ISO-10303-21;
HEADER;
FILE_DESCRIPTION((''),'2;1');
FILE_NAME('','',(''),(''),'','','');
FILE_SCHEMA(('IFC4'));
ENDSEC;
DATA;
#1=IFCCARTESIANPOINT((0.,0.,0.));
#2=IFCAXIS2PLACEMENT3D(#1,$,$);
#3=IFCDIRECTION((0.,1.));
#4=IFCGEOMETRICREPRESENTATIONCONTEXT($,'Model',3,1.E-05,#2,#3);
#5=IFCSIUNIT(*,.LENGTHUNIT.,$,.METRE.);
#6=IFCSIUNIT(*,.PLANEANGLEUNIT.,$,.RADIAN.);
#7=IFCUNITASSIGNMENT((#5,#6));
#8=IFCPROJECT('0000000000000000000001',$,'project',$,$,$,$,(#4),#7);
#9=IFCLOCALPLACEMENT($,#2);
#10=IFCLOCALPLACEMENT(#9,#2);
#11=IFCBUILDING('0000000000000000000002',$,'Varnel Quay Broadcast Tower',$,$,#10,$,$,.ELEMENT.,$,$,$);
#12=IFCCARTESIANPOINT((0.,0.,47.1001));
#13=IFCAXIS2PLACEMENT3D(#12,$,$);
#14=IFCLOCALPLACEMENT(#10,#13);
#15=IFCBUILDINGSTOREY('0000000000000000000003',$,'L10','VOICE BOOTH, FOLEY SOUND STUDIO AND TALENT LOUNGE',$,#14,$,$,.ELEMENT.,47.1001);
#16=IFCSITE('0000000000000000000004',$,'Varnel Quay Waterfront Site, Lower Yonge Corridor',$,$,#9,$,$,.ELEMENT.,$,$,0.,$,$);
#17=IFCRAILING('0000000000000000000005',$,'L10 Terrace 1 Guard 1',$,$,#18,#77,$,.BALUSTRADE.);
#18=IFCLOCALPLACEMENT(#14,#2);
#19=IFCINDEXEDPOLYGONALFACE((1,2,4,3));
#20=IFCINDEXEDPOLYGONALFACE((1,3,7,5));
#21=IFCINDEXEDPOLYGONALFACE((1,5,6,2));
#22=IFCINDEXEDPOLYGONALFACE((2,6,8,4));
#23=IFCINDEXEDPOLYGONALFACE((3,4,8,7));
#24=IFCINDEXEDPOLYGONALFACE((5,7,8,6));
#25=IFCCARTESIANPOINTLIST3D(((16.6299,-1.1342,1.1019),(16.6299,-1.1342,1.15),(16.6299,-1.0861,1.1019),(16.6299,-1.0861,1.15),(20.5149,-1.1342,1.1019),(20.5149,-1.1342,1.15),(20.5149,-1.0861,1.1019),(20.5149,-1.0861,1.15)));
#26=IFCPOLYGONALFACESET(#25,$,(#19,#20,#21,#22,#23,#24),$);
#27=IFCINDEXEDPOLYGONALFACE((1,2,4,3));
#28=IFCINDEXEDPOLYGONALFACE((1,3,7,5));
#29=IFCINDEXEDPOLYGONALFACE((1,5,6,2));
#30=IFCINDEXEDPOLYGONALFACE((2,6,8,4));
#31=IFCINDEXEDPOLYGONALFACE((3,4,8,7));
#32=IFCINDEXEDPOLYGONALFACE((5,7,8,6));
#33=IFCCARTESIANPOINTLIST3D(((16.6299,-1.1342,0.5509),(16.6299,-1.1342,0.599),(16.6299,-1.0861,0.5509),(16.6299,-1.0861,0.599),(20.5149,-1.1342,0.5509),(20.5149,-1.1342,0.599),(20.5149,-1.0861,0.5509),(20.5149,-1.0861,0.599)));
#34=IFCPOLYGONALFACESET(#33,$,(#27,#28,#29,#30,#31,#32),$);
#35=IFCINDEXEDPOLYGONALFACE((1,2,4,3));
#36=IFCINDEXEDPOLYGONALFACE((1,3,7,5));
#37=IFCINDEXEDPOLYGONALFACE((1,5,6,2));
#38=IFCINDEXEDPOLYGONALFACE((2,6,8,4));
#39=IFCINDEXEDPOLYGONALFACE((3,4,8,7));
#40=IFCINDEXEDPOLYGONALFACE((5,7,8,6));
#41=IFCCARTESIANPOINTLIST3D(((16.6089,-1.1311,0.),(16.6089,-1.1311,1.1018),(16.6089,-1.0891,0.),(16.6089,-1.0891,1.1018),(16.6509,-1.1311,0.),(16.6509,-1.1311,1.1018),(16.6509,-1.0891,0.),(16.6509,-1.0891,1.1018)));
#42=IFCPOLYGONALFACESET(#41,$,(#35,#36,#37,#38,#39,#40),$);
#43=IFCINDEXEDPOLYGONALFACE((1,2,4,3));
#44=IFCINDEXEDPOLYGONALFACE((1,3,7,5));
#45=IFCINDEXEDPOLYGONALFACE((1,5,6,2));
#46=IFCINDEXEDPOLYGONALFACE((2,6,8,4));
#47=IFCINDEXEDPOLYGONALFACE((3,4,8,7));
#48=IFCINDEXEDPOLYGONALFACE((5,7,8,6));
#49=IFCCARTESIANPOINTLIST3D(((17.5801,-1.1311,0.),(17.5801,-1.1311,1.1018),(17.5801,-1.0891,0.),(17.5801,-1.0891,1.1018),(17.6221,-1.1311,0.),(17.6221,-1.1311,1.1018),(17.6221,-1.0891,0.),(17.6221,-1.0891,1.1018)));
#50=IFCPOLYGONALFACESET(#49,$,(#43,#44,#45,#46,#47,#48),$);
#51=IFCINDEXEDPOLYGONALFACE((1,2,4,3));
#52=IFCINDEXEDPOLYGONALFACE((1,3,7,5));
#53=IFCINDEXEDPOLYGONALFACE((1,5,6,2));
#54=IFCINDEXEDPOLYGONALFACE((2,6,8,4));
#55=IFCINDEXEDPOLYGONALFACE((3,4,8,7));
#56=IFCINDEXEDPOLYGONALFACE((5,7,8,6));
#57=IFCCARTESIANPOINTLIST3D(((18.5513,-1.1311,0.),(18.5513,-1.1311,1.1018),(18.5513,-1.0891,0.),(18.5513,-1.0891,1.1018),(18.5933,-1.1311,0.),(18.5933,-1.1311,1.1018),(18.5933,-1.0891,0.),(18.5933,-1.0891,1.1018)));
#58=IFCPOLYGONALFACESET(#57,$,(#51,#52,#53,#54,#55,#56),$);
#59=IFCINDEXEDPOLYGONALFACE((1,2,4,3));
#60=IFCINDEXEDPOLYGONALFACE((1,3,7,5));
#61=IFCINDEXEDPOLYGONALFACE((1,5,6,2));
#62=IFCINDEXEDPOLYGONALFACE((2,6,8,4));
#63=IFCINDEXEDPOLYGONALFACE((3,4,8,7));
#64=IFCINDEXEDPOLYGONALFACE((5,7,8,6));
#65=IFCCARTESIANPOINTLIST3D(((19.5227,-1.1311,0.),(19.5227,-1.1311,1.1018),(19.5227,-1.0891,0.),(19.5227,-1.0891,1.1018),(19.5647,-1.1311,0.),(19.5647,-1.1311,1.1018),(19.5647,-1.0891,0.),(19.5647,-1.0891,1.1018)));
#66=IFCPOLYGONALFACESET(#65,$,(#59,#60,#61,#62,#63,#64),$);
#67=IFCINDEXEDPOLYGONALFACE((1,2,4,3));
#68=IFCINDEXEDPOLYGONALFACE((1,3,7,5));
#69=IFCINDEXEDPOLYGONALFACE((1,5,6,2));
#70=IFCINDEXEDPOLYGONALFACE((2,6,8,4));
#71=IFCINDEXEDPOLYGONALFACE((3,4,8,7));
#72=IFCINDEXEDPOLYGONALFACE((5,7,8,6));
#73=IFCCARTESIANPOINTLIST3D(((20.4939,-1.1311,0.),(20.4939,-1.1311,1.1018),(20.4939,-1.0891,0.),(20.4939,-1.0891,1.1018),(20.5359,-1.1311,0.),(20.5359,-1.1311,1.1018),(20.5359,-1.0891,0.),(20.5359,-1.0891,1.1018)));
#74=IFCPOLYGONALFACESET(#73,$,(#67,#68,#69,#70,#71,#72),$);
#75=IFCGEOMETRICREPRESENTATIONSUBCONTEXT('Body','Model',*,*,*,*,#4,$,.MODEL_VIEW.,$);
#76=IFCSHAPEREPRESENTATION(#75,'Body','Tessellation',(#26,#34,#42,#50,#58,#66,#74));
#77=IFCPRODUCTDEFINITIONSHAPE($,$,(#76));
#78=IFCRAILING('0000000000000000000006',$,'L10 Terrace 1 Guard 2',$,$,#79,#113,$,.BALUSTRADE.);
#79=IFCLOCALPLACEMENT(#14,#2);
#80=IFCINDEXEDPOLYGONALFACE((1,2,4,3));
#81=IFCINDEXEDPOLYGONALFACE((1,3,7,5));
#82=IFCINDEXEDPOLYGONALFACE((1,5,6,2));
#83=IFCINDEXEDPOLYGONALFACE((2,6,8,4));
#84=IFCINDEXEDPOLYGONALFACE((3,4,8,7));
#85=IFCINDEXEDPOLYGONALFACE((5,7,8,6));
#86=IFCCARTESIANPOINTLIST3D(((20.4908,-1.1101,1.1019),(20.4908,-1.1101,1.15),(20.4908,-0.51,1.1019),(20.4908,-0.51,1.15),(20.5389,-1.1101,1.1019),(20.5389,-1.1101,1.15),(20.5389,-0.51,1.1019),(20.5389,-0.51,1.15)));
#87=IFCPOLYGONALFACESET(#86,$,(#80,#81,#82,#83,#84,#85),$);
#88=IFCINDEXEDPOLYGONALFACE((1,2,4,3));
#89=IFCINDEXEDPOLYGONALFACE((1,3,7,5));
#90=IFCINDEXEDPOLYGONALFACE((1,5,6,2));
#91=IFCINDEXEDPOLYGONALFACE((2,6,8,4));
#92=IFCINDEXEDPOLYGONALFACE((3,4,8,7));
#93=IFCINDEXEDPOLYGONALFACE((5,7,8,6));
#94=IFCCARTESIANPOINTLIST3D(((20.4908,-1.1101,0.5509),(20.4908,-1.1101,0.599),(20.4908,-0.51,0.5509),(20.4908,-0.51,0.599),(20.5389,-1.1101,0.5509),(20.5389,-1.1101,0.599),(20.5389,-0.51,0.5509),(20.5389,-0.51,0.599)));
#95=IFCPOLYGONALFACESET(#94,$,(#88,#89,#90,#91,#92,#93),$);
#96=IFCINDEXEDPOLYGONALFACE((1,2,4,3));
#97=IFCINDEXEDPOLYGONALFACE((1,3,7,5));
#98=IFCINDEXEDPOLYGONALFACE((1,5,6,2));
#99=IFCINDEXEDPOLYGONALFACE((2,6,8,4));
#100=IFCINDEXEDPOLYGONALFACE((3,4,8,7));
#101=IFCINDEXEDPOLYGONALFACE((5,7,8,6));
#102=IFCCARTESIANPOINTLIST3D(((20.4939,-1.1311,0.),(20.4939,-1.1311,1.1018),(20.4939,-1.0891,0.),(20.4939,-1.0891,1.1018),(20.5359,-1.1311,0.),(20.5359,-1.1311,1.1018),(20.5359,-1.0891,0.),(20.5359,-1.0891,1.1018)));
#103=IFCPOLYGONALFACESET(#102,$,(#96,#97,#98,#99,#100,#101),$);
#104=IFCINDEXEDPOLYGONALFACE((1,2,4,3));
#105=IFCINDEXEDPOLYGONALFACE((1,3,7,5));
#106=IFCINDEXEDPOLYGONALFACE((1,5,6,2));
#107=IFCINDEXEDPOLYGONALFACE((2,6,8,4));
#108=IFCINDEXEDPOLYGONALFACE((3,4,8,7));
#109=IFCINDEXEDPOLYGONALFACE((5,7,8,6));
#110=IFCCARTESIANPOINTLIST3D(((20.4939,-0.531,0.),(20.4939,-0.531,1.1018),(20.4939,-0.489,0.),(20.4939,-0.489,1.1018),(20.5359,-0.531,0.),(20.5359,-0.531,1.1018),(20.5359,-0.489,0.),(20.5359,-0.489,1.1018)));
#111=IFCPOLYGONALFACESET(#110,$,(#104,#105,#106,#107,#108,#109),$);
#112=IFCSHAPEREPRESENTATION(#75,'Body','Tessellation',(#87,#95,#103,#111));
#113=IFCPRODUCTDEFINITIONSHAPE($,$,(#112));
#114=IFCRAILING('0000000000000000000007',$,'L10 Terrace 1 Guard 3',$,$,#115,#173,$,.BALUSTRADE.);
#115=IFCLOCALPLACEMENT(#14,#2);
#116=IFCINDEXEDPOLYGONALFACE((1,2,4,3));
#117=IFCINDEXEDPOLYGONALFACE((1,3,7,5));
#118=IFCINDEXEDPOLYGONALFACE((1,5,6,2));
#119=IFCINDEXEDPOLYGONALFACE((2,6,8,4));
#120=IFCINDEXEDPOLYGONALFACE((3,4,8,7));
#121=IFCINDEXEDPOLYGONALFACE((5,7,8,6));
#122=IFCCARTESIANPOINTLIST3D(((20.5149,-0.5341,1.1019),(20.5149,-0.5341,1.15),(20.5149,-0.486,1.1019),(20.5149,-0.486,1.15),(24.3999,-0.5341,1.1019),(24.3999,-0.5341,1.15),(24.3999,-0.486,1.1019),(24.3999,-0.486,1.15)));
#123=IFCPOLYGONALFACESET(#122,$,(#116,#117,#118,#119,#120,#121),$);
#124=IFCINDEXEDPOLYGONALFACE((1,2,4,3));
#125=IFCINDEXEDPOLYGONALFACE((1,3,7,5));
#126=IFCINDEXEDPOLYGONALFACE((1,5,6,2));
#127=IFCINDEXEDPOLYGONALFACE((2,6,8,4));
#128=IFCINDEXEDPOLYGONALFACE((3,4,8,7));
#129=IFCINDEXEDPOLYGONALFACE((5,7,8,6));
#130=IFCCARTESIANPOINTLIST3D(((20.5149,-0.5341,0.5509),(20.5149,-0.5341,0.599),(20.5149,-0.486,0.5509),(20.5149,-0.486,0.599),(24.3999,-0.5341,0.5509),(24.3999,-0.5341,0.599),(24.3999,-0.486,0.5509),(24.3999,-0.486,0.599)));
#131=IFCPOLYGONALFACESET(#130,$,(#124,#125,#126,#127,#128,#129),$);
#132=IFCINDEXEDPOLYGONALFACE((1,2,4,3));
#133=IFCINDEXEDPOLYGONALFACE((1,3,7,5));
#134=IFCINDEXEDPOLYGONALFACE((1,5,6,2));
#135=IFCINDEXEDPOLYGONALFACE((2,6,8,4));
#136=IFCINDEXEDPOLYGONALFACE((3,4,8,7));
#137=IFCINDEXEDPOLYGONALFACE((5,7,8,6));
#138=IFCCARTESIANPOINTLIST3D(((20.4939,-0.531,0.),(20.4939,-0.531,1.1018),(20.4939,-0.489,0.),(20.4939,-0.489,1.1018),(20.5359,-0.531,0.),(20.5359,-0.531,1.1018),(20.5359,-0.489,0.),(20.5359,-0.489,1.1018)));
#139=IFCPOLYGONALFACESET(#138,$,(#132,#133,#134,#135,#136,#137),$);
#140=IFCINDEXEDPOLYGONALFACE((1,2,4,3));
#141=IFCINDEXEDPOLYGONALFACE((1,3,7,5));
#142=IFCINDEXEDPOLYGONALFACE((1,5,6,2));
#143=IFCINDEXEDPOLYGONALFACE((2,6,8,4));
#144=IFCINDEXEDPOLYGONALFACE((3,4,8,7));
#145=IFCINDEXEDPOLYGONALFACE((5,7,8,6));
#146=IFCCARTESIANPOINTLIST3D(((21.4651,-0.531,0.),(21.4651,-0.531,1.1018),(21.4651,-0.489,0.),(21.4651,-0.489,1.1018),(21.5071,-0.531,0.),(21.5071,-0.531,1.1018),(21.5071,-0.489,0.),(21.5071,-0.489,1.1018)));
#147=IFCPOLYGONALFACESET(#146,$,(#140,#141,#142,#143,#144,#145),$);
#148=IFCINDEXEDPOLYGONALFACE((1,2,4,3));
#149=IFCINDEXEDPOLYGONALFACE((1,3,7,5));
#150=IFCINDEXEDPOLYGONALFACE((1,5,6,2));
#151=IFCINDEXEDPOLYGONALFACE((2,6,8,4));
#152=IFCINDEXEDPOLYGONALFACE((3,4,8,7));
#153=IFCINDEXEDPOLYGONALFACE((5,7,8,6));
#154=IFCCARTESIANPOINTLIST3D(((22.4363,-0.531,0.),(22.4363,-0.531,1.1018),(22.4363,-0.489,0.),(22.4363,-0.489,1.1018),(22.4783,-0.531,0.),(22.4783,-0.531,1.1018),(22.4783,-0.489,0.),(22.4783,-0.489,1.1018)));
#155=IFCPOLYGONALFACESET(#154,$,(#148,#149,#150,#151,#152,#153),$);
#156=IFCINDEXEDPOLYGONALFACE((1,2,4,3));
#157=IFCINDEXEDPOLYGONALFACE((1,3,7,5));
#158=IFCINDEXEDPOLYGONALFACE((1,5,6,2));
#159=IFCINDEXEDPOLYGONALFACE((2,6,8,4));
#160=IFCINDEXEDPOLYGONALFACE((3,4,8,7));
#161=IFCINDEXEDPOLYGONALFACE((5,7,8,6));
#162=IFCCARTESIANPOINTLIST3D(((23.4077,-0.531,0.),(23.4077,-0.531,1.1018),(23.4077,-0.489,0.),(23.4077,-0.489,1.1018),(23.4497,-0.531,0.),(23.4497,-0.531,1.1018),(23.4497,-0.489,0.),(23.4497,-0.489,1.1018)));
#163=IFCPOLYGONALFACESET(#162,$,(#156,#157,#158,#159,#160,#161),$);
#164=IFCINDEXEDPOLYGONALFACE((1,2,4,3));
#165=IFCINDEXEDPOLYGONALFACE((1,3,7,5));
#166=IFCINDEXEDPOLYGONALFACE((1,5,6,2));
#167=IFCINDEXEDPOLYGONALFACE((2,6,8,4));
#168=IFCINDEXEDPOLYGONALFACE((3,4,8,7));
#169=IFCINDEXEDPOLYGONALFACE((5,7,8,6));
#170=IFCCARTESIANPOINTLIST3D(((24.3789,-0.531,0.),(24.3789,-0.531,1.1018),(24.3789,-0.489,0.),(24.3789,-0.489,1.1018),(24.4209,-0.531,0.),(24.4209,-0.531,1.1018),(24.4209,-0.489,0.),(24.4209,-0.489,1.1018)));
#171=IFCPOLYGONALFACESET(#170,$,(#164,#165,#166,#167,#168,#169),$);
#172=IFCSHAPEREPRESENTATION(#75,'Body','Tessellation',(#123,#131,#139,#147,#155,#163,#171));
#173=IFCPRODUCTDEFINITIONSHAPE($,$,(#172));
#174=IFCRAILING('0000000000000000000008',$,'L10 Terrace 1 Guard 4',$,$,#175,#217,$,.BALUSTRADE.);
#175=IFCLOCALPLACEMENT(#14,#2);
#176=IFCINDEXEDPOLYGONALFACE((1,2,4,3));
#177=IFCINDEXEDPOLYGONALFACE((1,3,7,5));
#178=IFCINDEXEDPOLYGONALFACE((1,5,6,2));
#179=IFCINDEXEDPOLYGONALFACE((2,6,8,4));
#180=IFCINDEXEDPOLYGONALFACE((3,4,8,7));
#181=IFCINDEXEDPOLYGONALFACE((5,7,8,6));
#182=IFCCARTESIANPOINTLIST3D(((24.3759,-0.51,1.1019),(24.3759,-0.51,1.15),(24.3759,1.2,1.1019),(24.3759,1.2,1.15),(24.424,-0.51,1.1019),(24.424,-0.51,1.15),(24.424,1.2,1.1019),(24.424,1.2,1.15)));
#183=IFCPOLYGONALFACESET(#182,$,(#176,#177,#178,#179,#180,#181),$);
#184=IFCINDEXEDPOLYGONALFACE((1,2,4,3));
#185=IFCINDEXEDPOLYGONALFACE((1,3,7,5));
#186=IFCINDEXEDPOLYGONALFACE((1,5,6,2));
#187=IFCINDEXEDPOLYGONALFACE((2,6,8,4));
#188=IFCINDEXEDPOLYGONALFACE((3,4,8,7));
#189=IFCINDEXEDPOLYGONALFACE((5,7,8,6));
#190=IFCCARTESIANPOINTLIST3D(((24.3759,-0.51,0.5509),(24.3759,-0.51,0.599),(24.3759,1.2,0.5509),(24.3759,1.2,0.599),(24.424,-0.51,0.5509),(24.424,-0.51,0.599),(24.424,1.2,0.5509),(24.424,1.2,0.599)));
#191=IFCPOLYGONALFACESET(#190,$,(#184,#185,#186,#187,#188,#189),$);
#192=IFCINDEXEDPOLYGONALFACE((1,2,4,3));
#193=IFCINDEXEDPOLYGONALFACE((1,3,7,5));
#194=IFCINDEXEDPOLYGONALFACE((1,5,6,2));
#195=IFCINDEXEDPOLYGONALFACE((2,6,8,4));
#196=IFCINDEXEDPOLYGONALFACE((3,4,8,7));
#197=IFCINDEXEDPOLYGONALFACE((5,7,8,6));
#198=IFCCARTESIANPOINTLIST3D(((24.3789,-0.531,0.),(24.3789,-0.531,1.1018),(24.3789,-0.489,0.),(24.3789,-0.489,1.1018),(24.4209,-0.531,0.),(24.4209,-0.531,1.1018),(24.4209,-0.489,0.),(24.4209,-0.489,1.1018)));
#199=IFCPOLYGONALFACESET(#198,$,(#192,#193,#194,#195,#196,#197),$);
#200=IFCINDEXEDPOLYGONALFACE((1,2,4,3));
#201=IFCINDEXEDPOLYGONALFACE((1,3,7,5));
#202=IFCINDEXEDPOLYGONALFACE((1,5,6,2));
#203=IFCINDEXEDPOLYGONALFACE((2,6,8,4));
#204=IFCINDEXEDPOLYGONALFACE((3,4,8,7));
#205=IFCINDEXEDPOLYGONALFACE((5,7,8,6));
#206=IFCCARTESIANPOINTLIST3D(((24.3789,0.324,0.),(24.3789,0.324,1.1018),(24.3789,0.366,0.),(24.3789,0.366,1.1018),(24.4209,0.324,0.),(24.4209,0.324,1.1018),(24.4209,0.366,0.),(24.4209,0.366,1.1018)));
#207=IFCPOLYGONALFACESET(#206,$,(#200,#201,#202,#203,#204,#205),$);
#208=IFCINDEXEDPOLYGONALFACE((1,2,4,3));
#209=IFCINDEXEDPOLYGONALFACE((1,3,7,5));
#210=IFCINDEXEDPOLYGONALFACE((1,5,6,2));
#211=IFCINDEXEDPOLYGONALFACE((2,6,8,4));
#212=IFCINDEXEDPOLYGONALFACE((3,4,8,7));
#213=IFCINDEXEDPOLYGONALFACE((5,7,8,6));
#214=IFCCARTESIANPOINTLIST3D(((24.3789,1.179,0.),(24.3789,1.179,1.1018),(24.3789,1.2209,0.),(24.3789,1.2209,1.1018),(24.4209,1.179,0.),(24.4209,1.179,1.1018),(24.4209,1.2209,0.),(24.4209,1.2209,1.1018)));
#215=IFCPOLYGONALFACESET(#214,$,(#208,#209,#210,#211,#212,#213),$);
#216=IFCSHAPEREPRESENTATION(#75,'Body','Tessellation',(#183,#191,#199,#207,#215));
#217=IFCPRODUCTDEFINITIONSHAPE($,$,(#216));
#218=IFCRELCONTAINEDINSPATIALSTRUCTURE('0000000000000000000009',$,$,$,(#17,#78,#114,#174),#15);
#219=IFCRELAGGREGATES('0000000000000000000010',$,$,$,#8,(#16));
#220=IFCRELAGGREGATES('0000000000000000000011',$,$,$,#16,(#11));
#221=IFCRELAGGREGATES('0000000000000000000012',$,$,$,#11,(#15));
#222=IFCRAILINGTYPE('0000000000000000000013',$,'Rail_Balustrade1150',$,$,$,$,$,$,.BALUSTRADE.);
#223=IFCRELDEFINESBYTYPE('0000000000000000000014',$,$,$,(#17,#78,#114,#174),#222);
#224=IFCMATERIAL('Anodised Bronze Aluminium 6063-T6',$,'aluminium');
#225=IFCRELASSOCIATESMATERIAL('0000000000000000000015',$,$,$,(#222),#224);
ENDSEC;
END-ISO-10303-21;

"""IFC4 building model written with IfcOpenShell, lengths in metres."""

from ifc_helpers import new_model, si_unit, direction, frame, origin, origin_2d, place, context, subcontext, project, spatial, rectangle, extrude, material, type_object, element, save


model = new_model("IFC4")

# Units and contexts
model_context = context("Model", 3, precision=1e-05, world=origin(), true_north=direction((0.0, 1.0)))
body_context = subcontext(model_context, "Body", "Model", "MODEL_VIEW")
ifc_project = project(units=[si_unit("LENGTHUNIT", "METRE"), si_unit("PLANEANGLEUNIT", "RADIAN")], contexts=[model_context])

# Site, building, storey
site_placement = place(None, origin())
site = spatial("IfcSite", under=ifc_project, at=site_placement, Name="Varnel Quay Waterfront Site, Lower Yonge Corridor", CompositionType="ELEMENT", RefElevation=0.0)
building_placement = place(site_placement, origin())
building = spatial("IfcBuilding", under=site, at=building_placement, Name="Varnel Quay Broadcast Tower", CompositionType="ELEMENT")
storey_placement = place(building_placement, frame((0.0, 0.0, 47.1001)))
storey = spatial("IfcBuildingStorey", under=building, at=storey_placement, Name="L10", Description="VOICE BOOTH, FOLEY SOUND STUDIO AND TALENT LOUNGE", CompositionType="ELEMENT", Elevation=47.1001)

# Shared definitions
ifc_material_1 = material(Name="Anodised Bronze Aluminium 6063-T6", Category="aluminium")

# Railings
railing_type = type_object("IfcRailingType", Name="Rail_Balustrade1150", PredefinedType="BALUSTRADE", material=ifc_material_1)
railing_1_placement = place(storey_placement, frame((16.6299, -1.1101, 0.0)))
element("IfcRailing", 1, at=railing_1_placement, inside=storey, type_object=railing_type, Name="L10 Terrace 1 Guard 1", PredefinedType="BALUSTRADE", context=body_context, shape_type="SweptSolid", body=[
    extrude(rectangle(XDim=0.0481, YDim=0.0481, at=origin_2d()), frame((0.0, 0.0, 1.126), z_axis=(1.0, 0.0, 0.0), x_axis=(0.0, 1.0, 0.0)), (0.0, 0.0, 1.0), 3.885),
    extrude(rectangle(XDim=0.0481, YDim=0.0481, at=origin_2d()), frame((0.0, 0.0, 0.575), z_axis=(1.0, 0.0, 0.0), x_axis=(0.0, 1.0, 0.0)), (0.0, 0.0, 1.0), 3.885),
    extrude(rectangle(XDim=0.042, YDim=0.042, at=origin_2d()), origin(), (0.0, 0.0, 1.0), 1.1018),
    extrude(rectangle(XDim=0.042, YDim=0.042, at=origin_2d()), frame((0.9712, 0.0, 0.0)), (0.0, 0.0, 1.0), 1.1018),
    extrude(rectangle(XDim=0.042, YDim=0.042, at=origin_2d()), frame((1.9424, 0.0, 0.0)), (0.0, 0.0, 1.0), 1.1018),
    extrude(rectangle(XDim=0.042, YDim=0.042, at=origin_2d()), frame((2.9138, 0.0, 0.0)), (0.0, 0.0, 1.0), 1.1018),
    extrude(rectangle(XDim=0.042, YDim=0.042, at=origin_2d()), frame((3.885, 0.0, 0.0)), (0.0, 0.0, 1.0), 1.1018),
])
railing_2_placement = place(storey_placement, frame((20.5149, -1.1101, 0.0)))
element("IfcRailing", 2, at=railing_2_placement, inside=storey, type_object=railing_type, Name="L10 Terrace 1 Guard 2", PredefinedType="BALUSTRADE", context=body_context, shape_type="SweptSolid", body=[
    extrude(rectangle(XDim=0.0481, YDim=0.0481, at=origin_2d()), frame((0.0, 0.0, 1.126), z_axis=(0.0, 1.0, 0.0), x_axis=(-1.0, 0.0, 0.0)), (0.0, 0.0, 1.0), 0.6001),
    extrude(rectangle(XDim=0.0481, YDim=0.0481, at=origin_2d()), frame((0.0, 0.0, 0.575), z_axis=(0.0, 1.0, 0.0), x_axis=(-1.0, 0.0, 0.0)), (0.0, 0.0, 1.0), 0.6001),
    extrude(rectangle(XDim=0.042, YDim=0.042, at=origin_2d()), origin(), (0.0, 0.0, 1.0), 1.1018),
    extrude(rectangle(XDim=0.042, YDim=0.042, at=origin_2d()), frame((0.0, 0.6001, 0.0)), (0.0, 0.0, 1.0), 1.1018),
])
railing_3_placement = place(storey_placement, frame((20.5149, -0.51, 0.0)))
element("IfcRailing", 3, at=railing_3_placement, inside=storey, type_object=railing_type, Name="L10 Terrace 1 Guard 3", PredefinedType="BALUSTRADE", context=body_context, shape_type="SweptSolid", body=[
    extrude(rectangle(XDim=0.0481, YDim=0.0481, at=origin_2d()), frame((0.0, 0.0, 1.126), z_axis=(1.0, 0.0, 0.0), x_axis=(0.0, 1.0, 0.0)), (0.0, 0.0, 1.0), 3.885),
    extrude(rectangle(XDim=0.0481, YDim=0.0481, at=origin_2d()), frame((0.0, 0.0, 0.575), z_axis=(1.0, 0.0, 0.0), x_axis=(0.0, 1.0, 0.0)), (0.0, 0.0, 1.0), 3.885),
    extrude(rectangle(XDim=0.042, YDim=0.042, at=origin_2d()), origin(), (0.0, 0.0, 1.0), 1.1018),
    extrude(rectangle(XDim=0.042, YDim=0.042, at=origin_2d()), frame((0.9712, 0.0, 0.0)), (0.0, 0.0, 1.0), 1.1018),
    extrude(rectangle(XDim=0.042, YDim=0.042, at=origin_2d()), frame((1.9424, 0.0, 0.0)), (0.0, 0.0, 1.0), 1.1018),
    extrude(rectangle(XDim=0.042, YDim=0.042, at=origin_2d()), frame((2.9138, 0.0, 0.0)), (0.0, 0.0, 1.0), 1.1018),
    extrude(rectangle(XDim=0.042, YDim=0.042, at=origin_2d()), frame((3.885, 0.0, 0.0)), (0.0, 0.0, 1.0), 1.1018),
])
railing_4_placement = place(storey_placement, frame((24.3999, -0.51, 0.0)))
element("IfcRailing", 4, at=railing_4_placement, inside=storey, type_object=railing_type, Name="L10 Terrace 1 Guard 4", PredefinedType="BALUSTRADE", context=body_context, shape_type="SweptSolid", body=[
    extrude(rectangle(XDim=0.0481, YDim=0.0481, at=origin_2d()), frame((0.0, 0.0, 1.126), z_axis=(0.0, 1.0, 0.0), x_axis=(-1.0, 0.0, 0.0)), (0.0, 0.0, 1.0), 1.71),
    extrude(rectangle(XDim=0.0481, YDim=0.0481, at=origin_2d()), frame((0.0, 0.0, 0.575), z_axis=(0.0, 1.0, 0.0), x_axis=(-1.0, 0.0, 0.0)), (0.0, 0.0, 1.0), 1.71),
    extrude(rectangle(XDim=0.042, YDim=0.042, at=origin_2d()), origin(), (0.0, 0.0, 1.0), 1.1018),
    extrude(rectangle(XDim=0.042, YDim=0.042, at=origin_2d()), frame((0.0, 0.855, 0.0)), (0.0, 0.0, 1.0), 1.1018),
    extrude(rectangle(XDim=0.042, YDim=0.042, at=origin_2d()), frame((0.0, 1.71, 0.0)), (0.0, 0.0, 1.0), 1.1018),
])

save(model, "model.ifc")
